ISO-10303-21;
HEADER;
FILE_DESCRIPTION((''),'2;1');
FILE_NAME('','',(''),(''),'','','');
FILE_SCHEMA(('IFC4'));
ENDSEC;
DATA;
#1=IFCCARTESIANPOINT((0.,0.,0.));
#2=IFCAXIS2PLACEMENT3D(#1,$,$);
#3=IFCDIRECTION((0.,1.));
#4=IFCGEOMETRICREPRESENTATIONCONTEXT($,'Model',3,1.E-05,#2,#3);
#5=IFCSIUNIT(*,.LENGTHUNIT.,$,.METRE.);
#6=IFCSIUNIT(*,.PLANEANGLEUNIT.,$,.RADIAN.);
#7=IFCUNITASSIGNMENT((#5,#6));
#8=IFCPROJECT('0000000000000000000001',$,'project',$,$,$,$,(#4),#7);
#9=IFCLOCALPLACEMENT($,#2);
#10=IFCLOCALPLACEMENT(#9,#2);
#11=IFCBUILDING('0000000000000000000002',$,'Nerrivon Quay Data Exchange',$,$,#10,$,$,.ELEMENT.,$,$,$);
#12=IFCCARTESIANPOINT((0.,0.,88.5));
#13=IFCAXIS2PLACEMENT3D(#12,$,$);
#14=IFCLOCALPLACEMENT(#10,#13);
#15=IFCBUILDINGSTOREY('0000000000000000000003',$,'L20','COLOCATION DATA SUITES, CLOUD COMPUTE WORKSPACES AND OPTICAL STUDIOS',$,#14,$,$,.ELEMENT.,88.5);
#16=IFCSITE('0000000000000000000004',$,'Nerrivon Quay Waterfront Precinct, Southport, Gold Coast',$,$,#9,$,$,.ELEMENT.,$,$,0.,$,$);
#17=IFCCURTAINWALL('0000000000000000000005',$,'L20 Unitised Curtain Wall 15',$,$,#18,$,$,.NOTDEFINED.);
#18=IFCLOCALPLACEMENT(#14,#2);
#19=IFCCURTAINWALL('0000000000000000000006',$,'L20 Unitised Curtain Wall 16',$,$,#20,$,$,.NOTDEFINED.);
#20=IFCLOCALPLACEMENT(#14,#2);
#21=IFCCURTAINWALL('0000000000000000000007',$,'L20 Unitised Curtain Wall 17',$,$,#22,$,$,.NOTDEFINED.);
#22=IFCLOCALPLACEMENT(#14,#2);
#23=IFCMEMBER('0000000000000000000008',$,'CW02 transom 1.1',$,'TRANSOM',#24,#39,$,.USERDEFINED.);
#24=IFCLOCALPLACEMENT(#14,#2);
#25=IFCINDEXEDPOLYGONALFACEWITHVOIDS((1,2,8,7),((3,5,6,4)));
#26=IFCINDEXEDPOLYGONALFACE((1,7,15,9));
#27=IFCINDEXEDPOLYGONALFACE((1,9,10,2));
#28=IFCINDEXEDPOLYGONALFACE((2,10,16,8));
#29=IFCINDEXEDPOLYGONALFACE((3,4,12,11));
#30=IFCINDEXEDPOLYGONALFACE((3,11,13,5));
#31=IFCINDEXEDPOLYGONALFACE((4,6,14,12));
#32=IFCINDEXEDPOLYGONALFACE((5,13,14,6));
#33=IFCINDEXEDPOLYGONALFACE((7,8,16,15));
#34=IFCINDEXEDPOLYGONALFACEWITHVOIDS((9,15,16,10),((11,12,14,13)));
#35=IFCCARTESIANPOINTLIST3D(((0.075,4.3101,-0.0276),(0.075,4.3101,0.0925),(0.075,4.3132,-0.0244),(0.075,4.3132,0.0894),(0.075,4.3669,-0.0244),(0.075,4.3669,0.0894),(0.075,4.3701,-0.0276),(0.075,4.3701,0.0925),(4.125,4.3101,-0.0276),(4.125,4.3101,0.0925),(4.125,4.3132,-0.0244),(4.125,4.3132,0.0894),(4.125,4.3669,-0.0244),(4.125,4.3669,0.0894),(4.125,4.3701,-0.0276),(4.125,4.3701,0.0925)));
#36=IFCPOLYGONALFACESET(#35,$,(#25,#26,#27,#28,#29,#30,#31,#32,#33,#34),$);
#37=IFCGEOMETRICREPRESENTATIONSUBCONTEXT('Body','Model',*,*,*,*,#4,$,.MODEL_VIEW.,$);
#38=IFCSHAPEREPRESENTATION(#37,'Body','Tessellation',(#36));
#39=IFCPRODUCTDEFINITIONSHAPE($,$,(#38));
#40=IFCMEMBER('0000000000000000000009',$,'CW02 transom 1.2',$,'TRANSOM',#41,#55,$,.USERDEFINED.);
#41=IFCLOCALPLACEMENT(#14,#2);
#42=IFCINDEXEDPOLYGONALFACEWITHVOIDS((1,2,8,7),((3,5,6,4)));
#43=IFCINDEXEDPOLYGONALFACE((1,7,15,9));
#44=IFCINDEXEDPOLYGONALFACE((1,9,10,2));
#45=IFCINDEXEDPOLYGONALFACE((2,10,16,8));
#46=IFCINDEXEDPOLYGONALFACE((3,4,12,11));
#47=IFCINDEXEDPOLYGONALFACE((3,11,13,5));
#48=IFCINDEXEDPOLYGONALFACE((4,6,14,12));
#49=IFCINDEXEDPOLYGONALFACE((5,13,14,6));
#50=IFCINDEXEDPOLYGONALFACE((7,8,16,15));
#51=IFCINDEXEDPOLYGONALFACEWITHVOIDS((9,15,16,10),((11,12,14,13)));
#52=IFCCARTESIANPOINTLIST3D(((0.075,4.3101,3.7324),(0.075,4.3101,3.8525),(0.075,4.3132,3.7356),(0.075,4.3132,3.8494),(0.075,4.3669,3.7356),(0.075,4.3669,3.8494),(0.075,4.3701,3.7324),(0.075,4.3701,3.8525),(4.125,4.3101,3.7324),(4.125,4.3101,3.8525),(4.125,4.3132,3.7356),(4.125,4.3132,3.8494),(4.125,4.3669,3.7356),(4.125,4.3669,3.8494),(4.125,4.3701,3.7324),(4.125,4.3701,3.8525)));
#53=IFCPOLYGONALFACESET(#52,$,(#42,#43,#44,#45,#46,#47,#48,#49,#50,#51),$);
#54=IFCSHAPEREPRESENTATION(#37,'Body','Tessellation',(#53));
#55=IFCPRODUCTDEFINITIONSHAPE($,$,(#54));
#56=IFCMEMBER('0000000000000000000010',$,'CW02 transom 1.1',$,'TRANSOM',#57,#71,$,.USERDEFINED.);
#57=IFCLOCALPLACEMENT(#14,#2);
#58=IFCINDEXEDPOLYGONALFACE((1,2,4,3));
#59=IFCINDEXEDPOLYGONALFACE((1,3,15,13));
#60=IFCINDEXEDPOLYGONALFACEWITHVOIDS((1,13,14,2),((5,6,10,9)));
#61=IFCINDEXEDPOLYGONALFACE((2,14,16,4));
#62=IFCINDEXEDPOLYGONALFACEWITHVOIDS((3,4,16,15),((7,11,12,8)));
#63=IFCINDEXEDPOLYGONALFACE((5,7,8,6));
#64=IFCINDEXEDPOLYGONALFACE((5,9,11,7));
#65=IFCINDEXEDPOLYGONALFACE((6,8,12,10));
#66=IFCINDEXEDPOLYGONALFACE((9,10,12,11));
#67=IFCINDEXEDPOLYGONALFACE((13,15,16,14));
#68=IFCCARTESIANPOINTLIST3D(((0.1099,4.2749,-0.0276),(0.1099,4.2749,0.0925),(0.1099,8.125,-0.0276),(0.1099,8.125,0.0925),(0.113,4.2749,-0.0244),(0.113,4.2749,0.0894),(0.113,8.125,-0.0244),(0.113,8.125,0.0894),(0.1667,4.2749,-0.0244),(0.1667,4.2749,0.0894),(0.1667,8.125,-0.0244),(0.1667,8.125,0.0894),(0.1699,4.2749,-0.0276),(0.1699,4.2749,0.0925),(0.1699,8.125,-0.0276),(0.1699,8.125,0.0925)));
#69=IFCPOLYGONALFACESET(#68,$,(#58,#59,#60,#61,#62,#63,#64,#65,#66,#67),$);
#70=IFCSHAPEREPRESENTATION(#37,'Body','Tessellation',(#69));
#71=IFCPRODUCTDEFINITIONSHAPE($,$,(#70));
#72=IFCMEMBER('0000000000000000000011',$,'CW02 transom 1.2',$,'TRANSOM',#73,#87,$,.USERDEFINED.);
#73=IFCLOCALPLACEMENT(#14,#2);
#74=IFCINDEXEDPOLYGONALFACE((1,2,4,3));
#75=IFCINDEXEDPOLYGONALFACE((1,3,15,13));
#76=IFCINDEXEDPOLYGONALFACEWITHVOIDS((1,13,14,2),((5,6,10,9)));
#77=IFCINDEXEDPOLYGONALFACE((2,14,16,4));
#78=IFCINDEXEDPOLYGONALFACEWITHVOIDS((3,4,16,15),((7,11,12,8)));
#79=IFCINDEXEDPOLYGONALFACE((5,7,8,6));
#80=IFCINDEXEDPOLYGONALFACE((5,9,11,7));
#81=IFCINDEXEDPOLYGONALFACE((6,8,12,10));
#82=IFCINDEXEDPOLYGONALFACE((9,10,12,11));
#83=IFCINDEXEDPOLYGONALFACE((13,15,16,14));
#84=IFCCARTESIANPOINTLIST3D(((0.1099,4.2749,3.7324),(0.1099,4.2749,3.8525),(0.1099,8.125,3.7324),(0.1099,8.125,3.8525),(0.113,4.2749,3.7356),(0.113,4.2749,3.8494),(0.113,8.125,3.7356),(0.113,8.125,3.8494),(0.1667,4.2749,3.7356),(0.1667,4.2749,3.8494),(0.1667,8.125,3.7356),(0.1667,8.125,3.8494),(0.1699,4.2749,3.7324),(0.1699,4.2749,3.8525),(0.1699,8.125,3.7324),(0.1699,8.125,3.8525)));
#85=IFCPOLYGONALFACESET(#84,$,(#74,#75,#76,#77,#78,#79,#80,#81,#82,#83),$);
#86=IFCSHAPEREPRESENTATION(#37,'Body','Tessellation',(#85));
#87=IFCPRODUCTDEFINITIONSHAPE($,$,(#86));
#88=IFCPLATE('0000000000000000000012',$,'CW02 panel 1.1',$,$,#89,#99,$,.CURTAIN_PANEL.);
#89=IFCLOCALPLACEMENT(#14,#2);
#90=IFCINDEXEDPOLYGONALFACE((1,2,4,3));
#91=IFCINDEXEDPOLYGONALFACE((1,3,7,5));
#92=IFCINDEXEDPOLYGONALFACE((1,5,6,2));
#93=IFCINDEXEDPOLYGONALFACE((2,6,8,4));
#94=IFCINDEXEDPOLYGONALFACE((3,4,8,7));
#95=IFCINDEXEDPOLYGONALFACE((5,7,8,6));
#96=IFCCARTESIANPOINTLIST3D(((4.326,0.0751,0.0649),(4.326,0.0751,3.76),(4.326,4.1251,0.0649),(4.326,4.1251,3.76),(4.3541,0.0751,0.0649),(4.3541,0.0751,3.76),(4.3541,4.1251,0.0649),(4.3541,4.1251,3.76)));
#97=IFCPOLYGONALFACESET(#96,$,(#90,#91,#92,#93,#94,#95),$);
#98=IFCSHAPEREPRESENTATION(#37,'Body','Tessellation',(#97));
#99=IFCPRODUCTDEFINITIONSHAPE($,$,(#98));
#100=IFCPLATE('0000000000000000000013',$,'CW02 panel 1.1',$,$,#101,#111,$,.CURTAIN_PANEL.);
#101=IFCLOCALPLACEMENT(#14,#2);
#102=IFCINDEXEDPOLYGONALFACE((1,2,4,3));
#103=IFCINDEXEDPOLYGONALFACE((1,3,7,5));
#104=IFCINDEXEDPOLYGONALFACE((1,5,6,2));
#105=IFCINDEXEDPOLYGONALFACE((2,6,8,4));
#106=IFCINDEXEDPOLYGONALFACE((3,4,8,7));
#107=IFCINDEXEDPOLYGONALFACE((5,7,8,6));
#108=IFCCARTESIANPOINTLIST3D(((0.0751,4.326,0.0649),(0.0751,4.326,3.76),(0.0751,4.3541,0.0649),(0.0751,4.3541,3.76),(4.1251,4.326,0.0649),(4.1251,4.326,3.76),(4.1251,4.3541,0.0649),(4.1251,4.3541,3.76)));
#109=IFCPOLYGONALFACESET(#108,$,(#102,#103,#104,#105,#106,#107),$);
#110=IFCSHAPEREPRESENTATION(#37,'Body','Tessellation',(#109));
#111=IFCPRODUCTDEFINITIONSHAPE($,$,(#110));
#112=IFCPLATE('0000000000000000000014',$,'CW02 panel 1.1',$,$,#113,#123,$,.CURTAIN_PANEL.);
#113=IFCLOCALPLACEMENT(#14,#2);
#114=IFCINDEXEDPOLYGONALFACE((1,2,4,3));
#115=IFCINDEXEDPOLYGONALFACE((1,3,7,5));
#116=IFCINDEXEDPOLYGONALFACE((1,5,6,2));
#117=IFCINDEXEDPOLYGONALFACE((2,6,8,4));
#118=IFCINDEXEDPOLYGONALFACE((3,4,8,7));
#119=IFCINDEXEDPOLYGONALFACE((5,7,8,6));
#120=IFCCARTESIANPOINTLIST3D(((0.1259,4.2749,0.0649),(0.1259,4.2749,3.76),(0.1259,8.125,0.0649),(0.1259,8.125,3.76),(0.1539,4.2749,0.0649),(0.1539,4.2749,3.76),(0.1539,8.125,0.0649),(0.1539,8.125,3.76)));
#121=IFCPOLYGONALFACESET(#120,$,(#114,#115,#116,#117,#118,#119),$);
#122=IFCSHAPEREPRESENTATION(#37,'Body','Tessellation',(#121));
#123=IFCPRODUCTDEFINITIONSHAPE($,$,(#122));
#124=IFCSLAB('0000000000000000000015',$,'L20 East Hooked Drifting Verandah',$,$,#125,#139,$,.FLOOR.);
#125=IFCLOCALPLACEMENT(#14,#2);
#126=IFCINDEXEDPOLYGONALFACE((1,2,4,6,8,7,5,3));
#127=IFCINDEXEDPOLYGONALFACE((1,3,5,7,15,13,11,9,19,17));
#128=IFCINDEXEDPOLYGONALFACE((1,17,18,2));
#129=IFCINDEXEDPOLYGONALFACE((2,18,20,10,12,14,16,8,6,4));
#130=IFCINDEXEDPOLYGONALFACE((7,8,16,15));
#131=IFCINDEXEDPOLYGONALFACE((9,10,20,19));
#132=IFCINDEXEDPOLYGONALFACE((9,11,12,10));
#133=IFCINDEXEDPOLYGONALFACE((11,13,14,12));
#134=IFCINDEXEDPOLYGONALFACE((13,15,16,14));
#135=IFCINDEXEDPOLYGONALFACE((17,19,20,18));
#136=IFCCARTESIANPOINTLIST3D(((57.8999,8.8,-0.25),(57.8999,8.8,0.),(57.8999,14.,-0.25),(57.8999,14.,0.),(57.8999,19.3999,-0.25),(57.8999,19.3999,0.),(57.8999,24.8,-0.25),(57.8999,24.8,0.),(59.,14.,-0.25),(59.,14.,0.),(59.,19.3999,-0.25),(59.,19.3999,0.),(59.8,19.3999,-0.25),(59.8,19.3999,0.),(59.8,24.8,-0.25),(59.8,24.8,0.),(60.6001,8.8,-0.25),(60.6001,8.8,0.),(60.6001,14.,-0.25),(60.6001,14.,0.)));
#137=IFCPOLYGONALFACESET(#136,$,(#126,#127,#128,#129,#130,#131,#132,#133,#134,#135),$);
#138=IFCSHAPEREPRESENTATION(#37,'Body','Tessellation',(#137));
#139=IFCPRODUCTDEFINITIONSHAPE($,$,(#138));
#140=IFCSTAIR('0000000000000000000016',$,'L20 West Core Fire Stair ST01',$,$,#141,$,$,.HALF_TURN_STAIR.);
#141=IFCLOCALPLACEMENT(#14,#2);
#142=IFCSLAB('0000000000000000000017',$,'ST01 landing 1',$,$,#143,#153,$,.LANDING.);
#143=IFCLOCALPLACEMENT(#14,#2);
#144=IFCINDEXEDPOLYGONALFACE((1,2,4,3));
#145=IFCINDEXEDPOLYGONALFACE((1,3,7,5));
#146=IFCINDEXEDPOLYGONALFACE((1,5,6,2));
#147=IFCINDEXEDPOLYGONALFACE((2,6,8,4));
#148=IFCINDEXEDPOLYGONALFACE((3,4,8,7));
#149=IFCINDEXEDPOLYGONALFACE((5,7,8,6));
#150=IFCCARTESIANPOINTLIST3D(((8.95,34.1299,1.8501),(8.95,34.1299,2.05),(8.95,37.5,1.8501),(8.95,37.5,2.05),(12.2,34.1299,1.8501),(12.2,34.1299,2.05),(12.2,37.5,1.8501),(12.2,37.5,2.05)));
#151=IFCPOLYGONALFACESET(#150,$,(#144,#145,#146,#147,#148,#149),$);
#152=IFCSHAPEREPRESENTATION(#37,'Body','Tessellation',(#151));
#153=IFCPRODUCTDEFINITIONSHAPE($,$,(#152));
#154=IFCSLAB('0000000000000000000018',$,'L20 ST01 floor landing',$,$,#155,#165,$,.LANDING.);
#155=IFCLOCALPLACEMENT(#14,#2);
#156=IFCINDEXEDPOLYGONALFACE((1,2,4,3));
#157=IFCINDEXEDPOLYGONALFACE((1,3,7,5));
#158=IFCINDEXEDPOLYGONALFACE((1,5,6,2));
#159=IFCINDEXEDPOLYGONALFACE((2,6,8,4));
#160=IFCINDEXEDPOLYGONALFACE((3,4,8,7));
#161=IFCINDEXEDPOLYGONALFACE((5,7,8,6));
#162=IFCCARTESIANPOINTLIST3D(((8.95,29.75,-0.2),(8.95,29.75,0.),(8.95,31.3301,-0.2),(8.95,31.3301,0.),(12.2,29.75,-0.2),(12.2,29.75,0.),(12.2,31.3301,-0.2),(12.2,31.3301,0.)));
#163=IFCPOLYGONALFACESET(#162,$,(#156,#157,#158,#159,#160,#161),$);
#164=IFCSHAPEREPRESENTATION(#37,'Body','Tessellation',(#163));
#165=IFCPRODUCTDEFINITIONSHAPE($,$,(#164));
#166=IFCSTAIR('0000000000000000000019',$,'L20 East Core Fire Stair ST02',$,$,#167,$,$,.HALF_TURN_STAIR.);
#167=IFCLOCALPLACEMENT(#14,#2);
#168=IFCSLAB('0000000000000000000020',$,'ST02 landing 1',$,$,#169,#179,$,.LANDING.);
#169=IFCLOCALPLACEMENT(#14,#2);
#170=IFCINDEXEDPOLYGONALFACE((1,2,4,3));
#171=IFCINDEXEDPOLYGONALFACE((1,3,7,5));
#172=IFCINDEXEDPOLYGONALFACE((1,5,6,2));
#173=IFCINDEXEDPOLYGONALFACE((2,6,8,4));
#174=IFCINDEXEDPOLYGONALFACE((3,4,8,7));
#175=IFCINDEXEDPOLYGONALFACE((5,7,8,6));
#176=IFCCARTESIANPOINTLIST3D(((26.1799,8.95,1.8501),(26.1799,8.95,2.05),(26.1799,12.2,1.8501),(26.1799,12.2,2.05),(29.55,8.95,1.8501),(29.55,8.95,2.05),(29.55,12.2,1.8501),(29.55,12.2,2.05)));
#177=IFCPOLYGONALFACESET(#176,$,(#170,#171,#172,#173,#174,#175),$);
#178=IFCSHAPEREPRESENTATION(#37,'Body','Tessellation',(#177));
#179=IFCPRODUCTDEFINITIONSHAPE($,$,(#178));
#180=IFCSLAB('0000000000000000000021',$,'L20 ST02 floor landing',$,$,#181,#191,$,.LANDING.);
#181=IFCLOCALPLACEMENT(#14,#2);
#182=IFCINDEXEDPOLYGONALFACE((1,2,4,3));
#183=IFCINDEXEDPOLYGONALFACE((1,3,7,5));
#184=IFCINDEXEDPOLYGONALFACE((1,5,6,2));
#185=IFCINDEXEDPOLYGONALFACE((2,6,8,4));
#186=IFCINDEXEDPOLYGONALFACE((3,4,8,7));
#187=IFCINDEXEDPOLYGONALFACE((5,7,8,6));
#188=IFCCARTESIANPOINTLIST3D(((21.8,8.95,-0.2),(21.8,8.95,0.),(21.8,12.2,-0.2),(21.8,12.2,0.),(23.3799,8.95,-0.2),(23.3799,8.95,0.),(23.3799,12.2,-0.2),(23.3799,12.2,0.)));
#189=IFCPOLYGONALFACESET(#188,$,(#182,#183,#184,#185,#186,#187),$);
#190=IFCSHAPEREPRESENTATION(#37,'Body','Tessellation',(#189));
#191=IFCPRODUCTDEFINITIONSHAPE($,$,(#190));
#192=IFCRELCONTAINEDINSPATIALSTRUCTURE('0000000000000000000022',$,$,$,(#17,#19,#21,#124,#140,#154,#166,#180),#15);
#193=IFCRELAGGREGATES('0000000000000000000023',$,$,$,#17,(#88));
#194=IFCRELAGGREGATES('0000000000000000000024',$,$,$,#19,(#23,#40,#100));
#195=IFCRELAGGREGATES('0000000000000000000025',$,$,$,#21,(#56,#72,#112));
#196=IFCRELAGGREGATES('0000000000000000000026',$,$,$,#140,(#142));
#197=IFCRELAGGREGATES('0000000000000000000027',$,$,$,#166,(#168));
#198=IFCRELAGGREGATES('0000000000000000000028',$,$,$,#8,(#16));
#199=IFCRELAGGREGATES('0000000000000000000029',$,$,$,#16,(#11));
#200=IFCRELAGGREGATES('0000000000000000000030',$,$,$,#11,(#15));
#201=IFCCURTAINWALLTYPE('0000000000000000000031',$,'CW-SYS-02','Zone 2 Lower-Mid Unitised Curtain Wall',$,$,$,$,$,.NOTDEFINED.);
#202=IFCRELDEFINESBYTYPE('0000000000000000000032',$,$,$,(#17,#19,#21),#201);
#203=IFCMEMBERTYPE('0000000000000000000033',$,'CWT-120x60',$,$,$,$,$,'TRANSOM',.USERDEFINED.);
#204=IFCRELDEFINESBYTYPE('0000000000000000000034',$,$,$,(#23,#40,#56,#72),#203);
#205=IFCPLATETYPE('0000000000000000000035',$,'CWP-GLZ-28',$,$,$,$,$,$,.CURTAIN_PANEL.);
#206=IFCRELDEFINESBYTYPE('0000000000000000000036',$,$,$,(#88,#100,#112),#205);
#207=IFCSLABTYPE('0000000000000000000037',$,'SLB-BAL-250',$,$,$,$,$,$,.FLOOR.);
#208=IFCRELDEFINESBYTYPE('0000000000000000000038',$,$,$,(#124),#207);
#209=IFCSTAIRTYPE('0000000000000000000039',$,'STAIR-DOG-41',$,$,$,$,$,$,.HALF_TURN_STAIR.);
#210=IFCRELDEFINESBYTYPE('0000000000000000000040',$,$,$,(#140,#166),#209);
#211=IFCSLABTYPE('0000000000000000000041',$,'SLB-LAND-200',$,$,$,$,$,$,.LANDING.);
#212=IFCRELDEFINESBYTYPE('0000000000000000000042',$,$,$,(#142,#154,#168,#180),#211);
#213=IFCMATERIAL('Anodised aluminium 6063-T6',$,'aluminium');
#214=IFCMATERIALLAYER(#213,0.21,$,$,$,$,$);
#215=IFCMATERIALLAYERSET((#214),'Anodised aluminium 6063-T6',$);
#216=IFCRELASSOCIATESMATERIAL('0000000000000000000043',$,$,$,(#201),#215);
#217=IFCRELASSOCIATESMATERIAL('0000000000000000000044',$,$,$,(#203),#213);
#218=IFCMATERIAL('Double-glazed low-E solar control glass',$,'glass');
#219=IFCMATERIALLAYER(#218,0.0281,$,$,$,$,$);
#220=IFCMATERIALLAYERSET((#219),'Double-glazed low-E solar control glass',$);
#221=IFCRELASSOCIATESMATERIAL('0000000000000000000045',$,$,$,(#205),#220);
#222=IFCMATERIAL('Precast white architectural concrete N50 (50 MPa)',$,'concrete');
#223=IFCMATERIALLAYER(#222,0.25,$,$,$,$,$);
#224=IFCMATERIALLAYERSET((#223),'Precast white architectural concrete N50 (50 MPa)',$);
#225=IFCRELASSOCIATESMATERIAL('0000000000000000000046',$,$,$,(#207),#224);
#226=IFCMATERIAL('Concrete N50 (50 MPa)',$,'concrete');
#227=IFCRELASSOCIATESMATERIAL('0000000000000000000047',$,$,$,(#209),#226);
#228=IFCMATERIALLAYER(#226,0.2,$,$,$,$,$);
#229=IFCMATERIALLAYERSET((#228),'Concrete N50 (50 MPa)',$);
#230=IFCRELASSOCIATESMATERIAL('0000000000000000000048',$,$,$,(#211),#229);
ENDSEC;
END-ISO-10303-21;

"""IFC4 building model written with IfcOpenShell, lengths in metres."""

from ifc_helpers import new_model, si_unit, direction, frame, origin, origin_2d, place, context, subcontext, project, spatial, polyline, rectangle, hollow_rectangle, outline, extrude, material, layer, layer_set, material_profile, profile_set, type_object, element, aggregate, save


model = new_model("IFC4")

# Units and contexts
model_context = context("Model", 3, precision=1e-05, world=origin(), true_north=direction((0.0, 1.0)))
body_context = subcontext(model_context, "Body", "Model", "MODEL_VIEW")
ifc_project = project(units=[si_unit("LENGTHUNIT", "METRE"), si_unit("PLANEANGLEUNIT", "RADIAN")], contexts=[model_context])

# Site, building, storey
site_placement = place(None, origin())
site = spatial("IfcSite", under=ifc_project, at=site_placement, Name="Nerrivon Quay Waterfront Precinct, Southport, Gold Coast", CompositionType="ELEMENT", RefElevation=0.0)
building_placement = place(site_placement, origin())
building = spatial("IfcBuilding", under=site, at=building_placement, Name="Nerrivon Quay Data Exchange", CompositionType="ELEMENT")
storey_placement = place(building_placement, frame((0.0, 0.0, 88.5)))
storey = spatial("IfcBuildingStorey", under=building, at=storey_placement, Name="L20", Description="COLOCATION DATA SUITES, CLOUD COMPUTE WORKSPACES AND OPTICAL STUDIOS", CompositionType="ELEMENT", Elevation=88.5)

# Shared definitions
ifc_material_1 = material(Name="Anodised aluminium 6063-T6", Category="aluminium")
ifc_layer_1 = layer(ifc_material_1, 0.21)
ifc_layer_set_1 = layer_set([ifc_layer_1], Name="Anodised aluminium 6063-T6")
curtain_wall_type = type_object("IfcCurtainWallType", Name="CW-SYS-02", Description="Zone 2 Lower-Mid Unitised Curtain Wall", PredefinedType="NOTDEFINED", material=ifc_layer_set_1)

# Curtain walls
curtain_wall_1_placement = place(storey_placement, origin())
curtain_wall_1 = element("IfcCurtainWall", 1, at=curtain_wall_1_placement, inside=storey, type_object=curtain_wall_type, Name="L20 Unitised Curtain Wall 15", PredefinedType="NOTDEFINED")
curtain_wall_2_placement = place(storey_placement, origin())
curtain_wall_2 = element("IfcCurtainWall", 2, at=curtain_wall_2_placement, inside=storey, type_object=curtain_wall_type, Name="L20 Unitised Curtain Wall 16", PredefinedType="NOTDEFINED")
curtain_wall_3_placement = place(storey_placement, origin())
curtain_wall_3 = element("IfcCurtainWall", 3, at=curtain_wall_3_placement, inside=storey, type_object=curtain_wall_type, Name="L20 Unitised Curtain Wall 17", PredefinedType="NOTDEFINED")

# Members
ifc_material_profile_1 = material_profile(ifc_material_1, hollow_rectangle(XDim=0.0601, YDim=0.1201, WallThickness=0.0032, at=origin_2d()), Name="ALU-TRAN-120x60")
ifc_profile_set_1 = profile_set([ifc_material_profile_1], Name="Anodised aluminium 6063-T6")
member_type_1 = type_object("IfcMemberType", Name="CWT-120x60", ElementType="TRANSOM", PredefinedType="USERDEFINED", material=ifc_profile_set_1)
member_1_placement = place(storey_placement, frame((4.125, 4.3401, 0.0325), z_axis=(-1.0, 0.0, 0.0), x_axis=(0.0, -1.0, 0.0)))
member_1 = element("IfcMember", 4, at=member_1_placement, type_object=member_type_1, Name="CW02 transom 1.1", ObjectType="TRANSOM", PredefinedType="USERDEFINED", context=body_context, shape_type="SweptSolid", body=[
    extrude(hollow_rectangle(XDim=0.0601, YDim=0.1201, WallThickness=0.0032, at=origin_2d()), origin(), (0.0, 0.0, 1.0), 4.05),
])
member_2_placement = place(storey_placement, frame((4.125, 4.3401, 3.7925), z_axis=(-1.0, 0.0, 0.0), x_axis=(0.0, -1.0, 0.0)))
member_2 = element("IfcMember", 5, at=member_2_placement, type_object=member_type_1, Name="CW02 transom 1.2", ObjectType="TRANSOM", PredefinedType="USERDEFINED", context=body_context, shape_type="SweptSolid", body=[
    extrude(hollow_rectangle(XDim=0.0601, YDim=0.1201, WallThickness=0.0032, at=origin_2d()), origin(), (0.0, 0.0, 1.0), 4.05),
])
member_3_placement = place(storey_placement, frame((0.1399, 4.2749, 0.0325), z_axis=(0.0, 1.0, 0.0), x_axis=(-1.0, 0.0, 0.0)))
member_3 = element("IfcMember", 6, at=member_3_placement, type_object=member_type_1, Name="CW02 transom 1.1", ObjectType="TRANSOM", PredefinedType="USERDEFINED", context=body_context, shape_type="SweptSolid", body=[
    extrude(hollow_rectangle(XDim=0.0601, YDim=0.1201, WallThickness=0.0032, at=origin_2d()), origin(), (0.0, 0.0, 1.0), 3.8501),
])
member_4_placement = place(storey_placement, frame((0.1399, 4.2749, 3.7925), z_axis=(0.0, 1.0, 0.0), x_axis=(-1.0, 0.0, 0.0)))
member_4 = element("IfcMember", 7, at=member_4_placement, type_object=member_type_1, Name="CW02 transom 1.2", ObjectType="TRANSOM", PredefinedType="USERDEFINED", context=body_context, shape_type="SweptSolid", body=[
    extrude(hollow_rectangle(XDim=0.0601, YDim=0.1201, WallThickness=0.0032, at=origin_2d()), origin(), (0.0, 0.0, 1.0), 3.8501),
])

# Plates
ifc_material_2 = material(Name="Double-glazed low-E solar control glass", Category="glass")
ifc_layer_2 = layer(ifc_material_2, 0.0281)
ifc_layer_set_2 = layer_set([ifc_layer_2], Name="Double-glazed low-E solar control glass")
plate_type = type_object("IfcPlateType", Name="CWP-GLZ-28", PredefinedType="CURTAIN_PANEL", material=ifc_layer_set_2)
plate_1_placement = place(storey_placement, frame((4.3401, 2.1001, 0.0649), z_axis=(0.0, 0.0, 1.0), x_axis=(0.0, 1.0, 0.0)))
plate_1 = element("IfcPlate", 8, at=plate_1_placement, type_object=plate_type, Name="CW02 panel 1.1", PredefinedType="CURTAIN_PANEL", context=body_context, shape_type="SweptSolid", body=[
    extrude(rectangle(XDim=4.05, YDim=0.0281, at=origin_2d()), origin(), (0.0, 0.0, 1.0), 3.6951),
])
aggregate(curtain_wall_1, [plate_1])
plate_2_placement = place(storey_placement, frame((2.1001, 4.3401, 0.0649), z_axis=(0.0, 0.0, 1.0), x_axis=(-1.0, 0.0, 0.0)))
plate_2 = element("IfcPlate", 9, at=plate_2_placement, type_object=plate_type, Name="CW02 panel 1.1", PredefinedType="CURTAIN_PANEL", context=body_context, shape_type="SweptSolid", body=[
    extrude(rectangle(XDim=4.05, YDim=0.0281, at=origin_2d()), origin(), (0.0, 0.0, 1.0), 3.6951),
])
aggregate(curtain_wall_2, [member_1, member_2, plate_2])
plate_3_placement = place(storey_placement, frame((0.1399, 6.2, 0.0649), z_axis=(0.0, 0.0, 1.0), x_axis=(0.0, 1.0, 0.0)))
plate_3 = element("IfcPlate", 10, at=plate_3_placement, type_object=plate_type, Name="CW02 panel 1.1", PredefinedType="CURTAIN_PANEL", context=body_context, shape_type="SweptSolid", body=[
    extrude(rectangle(XDim=3.8501, YDim=0.0281, at=origin_2d()), origin(), (0.0, 0.0, 1.0), 3.6951),
])
aggregate(curtain_wall_3, [member_3, member_4, plate_3])

# Slab
ifc_material_3 = material(Name="Precast white architectural concrete N50 (50 MPa)", Category="concrete")
ifc_layer_3 = layer(ifc_material_3, 0.25)
ifc_layer_set_3 = layer_set([ifc_layer_3], Name="Precast white architectural concrete N50 (50 MPa)")
slab_type_1 = type_object("IfcSlabType", Name="SLB-BAL-250", PredefinedType="FLOOR", material=ifc_layer_set_3)
slab_1_placement = place(storey_placement, frame((0.0, 0.0, -0.25)))
element("IfcSlab", 11, at=slab_1_placement, inside=storey, type_object=slab_type_1, Name="L20 East Hooked Drifting Verandah", PredefinedType="FLOOR", context=body_context, shape_type="SweptSolid", body=[
    extrude(outline(polyline([(59.0, 14.0), (59.0, 19.3999), (59.8, 19.3999), (59.8, 24.8), (57.8999, 24.8), (57.8999, 19.3999), (57.8999, 14.0), (57.8999, 8.8), (60.6001, 8.8), (60.6001, 14.0), (59.0, 14.0)])), origin(), (0.0, 0.0, 1.0), 0.25),
])

# Stair, slab
ifc_material_4 = material(Name="Concrete N50 (50 MPa)", Category="concrete")
stair_type = type_object("IfcStairType", Name="STAIR-DOG-41", PredefinedType="HALF_TURN_STAIR", material=ifc_material_4)
stair_1_placement = place(storey_placement, origin())
stair_1 = element("IfcStair", 12, at=stair_1_placement, inside=storey, type_object=stair_type, Name="L20 West Core Fire Stair ST01", PredefinedType="HALF_TURN_STAIR")
ifc_layer_4 = layer(ifc_material_4, 0.2)
ifc_layer_set_4 = layer_set([ifc_layer_4], Name="Concrete N50 (50 MPa)")
slab_type_2 = type_object("IfcSlabType", Name="SLB-LAND-200", PredefinedType="LANDING", material=ifc_layer_set_4)
slab_2_placement = place(storey_placement, frame((0.0, 0.0, 1.8501)))
slab_2 = element("IfcSlab", 13, at=slab_2_placement, type_object=slab_type_2, Name="ST01 landing 1", PredefinedType="LANDING", context=body_context, shape_type="SweptSolid", body=[
    extrude(outline(polyline([(12.2, 34.1299), (12.2, 37.5), (8.95, 37.5), (8.95, 34.1299), (12.2, 34.1299)])), origin(), (0.0, 0.0, 1.0), 0.2),
])
aggregate(stair_1, [slab_2])

# Slab
slab_3_placement = place(storey_placement, frame((0.0, 0.0, -0.2)))
element("IfcSlab", 14, at=slab_3_placement, inside=storey, type_object=slab_type_2, Name="L20 ST01 floor landing", PredefinedType="LANDING", context=body_context, shape_type="SweptSolid", body=[
    extrude(outline(polyline([(12.2, 29.75), (12.2, 31.3301), (8.95, 31.3301), (8.95, 29.75), (12.2, 29.75)])), origin(), (0.0, 0.0, 1.0), 0.2),
])

# Stair, slab
stair_2_placement = place(storey_placement, origin())
stair_2 = element("IfcStair", 15, at=stair_2_placement, inside=storey, type_object=stair_type, Name="L20 East Core Fire Stair ST02", PredefinedType="HALF_TURN_STAIR")
slab_4_placement = place(storey_placement, frame((0.0, 0.0, 1.8501)))
slab_4 = element("IfcSlab", 16, at=slab_4_placement, type_object=slab_type_2, Name="ST02 landing 1", PredefinedType="LANDING", context=body_context, shape_type="SweptSolid", body=[
    extrude(outline(polyline([(26.1799, 8.95), (29.55, 8.95), (29.55, 12.2), (26.1799, 12.2), (26.1799, 8.95)])), origin(), (0.0, 0.0, 1.0), 0.2),
])
aggregate(stair_2, [slab_4])

# Slab
slab_5_placement = place(storey_placement, frame((0.0, 0.0, -0.2)))
element("IfcSlab", 17, at=slab_5_placement, inside=storey, type_object=slab_type_2, Name="L20 ST02 floor landing", PredefinedType="LANDING", context=body_context, shape_type="SweptSolid", body=[
    extrude(outline(polyline([(21.8, 8.95), (23.3799, 8.95), (23.3799, 12.2), (21.8, 12.2), (21.8, 8.95)])), origin(), (0.0, 0.0, 1.0), 0.2),
])

save(model, "model.ifc")
